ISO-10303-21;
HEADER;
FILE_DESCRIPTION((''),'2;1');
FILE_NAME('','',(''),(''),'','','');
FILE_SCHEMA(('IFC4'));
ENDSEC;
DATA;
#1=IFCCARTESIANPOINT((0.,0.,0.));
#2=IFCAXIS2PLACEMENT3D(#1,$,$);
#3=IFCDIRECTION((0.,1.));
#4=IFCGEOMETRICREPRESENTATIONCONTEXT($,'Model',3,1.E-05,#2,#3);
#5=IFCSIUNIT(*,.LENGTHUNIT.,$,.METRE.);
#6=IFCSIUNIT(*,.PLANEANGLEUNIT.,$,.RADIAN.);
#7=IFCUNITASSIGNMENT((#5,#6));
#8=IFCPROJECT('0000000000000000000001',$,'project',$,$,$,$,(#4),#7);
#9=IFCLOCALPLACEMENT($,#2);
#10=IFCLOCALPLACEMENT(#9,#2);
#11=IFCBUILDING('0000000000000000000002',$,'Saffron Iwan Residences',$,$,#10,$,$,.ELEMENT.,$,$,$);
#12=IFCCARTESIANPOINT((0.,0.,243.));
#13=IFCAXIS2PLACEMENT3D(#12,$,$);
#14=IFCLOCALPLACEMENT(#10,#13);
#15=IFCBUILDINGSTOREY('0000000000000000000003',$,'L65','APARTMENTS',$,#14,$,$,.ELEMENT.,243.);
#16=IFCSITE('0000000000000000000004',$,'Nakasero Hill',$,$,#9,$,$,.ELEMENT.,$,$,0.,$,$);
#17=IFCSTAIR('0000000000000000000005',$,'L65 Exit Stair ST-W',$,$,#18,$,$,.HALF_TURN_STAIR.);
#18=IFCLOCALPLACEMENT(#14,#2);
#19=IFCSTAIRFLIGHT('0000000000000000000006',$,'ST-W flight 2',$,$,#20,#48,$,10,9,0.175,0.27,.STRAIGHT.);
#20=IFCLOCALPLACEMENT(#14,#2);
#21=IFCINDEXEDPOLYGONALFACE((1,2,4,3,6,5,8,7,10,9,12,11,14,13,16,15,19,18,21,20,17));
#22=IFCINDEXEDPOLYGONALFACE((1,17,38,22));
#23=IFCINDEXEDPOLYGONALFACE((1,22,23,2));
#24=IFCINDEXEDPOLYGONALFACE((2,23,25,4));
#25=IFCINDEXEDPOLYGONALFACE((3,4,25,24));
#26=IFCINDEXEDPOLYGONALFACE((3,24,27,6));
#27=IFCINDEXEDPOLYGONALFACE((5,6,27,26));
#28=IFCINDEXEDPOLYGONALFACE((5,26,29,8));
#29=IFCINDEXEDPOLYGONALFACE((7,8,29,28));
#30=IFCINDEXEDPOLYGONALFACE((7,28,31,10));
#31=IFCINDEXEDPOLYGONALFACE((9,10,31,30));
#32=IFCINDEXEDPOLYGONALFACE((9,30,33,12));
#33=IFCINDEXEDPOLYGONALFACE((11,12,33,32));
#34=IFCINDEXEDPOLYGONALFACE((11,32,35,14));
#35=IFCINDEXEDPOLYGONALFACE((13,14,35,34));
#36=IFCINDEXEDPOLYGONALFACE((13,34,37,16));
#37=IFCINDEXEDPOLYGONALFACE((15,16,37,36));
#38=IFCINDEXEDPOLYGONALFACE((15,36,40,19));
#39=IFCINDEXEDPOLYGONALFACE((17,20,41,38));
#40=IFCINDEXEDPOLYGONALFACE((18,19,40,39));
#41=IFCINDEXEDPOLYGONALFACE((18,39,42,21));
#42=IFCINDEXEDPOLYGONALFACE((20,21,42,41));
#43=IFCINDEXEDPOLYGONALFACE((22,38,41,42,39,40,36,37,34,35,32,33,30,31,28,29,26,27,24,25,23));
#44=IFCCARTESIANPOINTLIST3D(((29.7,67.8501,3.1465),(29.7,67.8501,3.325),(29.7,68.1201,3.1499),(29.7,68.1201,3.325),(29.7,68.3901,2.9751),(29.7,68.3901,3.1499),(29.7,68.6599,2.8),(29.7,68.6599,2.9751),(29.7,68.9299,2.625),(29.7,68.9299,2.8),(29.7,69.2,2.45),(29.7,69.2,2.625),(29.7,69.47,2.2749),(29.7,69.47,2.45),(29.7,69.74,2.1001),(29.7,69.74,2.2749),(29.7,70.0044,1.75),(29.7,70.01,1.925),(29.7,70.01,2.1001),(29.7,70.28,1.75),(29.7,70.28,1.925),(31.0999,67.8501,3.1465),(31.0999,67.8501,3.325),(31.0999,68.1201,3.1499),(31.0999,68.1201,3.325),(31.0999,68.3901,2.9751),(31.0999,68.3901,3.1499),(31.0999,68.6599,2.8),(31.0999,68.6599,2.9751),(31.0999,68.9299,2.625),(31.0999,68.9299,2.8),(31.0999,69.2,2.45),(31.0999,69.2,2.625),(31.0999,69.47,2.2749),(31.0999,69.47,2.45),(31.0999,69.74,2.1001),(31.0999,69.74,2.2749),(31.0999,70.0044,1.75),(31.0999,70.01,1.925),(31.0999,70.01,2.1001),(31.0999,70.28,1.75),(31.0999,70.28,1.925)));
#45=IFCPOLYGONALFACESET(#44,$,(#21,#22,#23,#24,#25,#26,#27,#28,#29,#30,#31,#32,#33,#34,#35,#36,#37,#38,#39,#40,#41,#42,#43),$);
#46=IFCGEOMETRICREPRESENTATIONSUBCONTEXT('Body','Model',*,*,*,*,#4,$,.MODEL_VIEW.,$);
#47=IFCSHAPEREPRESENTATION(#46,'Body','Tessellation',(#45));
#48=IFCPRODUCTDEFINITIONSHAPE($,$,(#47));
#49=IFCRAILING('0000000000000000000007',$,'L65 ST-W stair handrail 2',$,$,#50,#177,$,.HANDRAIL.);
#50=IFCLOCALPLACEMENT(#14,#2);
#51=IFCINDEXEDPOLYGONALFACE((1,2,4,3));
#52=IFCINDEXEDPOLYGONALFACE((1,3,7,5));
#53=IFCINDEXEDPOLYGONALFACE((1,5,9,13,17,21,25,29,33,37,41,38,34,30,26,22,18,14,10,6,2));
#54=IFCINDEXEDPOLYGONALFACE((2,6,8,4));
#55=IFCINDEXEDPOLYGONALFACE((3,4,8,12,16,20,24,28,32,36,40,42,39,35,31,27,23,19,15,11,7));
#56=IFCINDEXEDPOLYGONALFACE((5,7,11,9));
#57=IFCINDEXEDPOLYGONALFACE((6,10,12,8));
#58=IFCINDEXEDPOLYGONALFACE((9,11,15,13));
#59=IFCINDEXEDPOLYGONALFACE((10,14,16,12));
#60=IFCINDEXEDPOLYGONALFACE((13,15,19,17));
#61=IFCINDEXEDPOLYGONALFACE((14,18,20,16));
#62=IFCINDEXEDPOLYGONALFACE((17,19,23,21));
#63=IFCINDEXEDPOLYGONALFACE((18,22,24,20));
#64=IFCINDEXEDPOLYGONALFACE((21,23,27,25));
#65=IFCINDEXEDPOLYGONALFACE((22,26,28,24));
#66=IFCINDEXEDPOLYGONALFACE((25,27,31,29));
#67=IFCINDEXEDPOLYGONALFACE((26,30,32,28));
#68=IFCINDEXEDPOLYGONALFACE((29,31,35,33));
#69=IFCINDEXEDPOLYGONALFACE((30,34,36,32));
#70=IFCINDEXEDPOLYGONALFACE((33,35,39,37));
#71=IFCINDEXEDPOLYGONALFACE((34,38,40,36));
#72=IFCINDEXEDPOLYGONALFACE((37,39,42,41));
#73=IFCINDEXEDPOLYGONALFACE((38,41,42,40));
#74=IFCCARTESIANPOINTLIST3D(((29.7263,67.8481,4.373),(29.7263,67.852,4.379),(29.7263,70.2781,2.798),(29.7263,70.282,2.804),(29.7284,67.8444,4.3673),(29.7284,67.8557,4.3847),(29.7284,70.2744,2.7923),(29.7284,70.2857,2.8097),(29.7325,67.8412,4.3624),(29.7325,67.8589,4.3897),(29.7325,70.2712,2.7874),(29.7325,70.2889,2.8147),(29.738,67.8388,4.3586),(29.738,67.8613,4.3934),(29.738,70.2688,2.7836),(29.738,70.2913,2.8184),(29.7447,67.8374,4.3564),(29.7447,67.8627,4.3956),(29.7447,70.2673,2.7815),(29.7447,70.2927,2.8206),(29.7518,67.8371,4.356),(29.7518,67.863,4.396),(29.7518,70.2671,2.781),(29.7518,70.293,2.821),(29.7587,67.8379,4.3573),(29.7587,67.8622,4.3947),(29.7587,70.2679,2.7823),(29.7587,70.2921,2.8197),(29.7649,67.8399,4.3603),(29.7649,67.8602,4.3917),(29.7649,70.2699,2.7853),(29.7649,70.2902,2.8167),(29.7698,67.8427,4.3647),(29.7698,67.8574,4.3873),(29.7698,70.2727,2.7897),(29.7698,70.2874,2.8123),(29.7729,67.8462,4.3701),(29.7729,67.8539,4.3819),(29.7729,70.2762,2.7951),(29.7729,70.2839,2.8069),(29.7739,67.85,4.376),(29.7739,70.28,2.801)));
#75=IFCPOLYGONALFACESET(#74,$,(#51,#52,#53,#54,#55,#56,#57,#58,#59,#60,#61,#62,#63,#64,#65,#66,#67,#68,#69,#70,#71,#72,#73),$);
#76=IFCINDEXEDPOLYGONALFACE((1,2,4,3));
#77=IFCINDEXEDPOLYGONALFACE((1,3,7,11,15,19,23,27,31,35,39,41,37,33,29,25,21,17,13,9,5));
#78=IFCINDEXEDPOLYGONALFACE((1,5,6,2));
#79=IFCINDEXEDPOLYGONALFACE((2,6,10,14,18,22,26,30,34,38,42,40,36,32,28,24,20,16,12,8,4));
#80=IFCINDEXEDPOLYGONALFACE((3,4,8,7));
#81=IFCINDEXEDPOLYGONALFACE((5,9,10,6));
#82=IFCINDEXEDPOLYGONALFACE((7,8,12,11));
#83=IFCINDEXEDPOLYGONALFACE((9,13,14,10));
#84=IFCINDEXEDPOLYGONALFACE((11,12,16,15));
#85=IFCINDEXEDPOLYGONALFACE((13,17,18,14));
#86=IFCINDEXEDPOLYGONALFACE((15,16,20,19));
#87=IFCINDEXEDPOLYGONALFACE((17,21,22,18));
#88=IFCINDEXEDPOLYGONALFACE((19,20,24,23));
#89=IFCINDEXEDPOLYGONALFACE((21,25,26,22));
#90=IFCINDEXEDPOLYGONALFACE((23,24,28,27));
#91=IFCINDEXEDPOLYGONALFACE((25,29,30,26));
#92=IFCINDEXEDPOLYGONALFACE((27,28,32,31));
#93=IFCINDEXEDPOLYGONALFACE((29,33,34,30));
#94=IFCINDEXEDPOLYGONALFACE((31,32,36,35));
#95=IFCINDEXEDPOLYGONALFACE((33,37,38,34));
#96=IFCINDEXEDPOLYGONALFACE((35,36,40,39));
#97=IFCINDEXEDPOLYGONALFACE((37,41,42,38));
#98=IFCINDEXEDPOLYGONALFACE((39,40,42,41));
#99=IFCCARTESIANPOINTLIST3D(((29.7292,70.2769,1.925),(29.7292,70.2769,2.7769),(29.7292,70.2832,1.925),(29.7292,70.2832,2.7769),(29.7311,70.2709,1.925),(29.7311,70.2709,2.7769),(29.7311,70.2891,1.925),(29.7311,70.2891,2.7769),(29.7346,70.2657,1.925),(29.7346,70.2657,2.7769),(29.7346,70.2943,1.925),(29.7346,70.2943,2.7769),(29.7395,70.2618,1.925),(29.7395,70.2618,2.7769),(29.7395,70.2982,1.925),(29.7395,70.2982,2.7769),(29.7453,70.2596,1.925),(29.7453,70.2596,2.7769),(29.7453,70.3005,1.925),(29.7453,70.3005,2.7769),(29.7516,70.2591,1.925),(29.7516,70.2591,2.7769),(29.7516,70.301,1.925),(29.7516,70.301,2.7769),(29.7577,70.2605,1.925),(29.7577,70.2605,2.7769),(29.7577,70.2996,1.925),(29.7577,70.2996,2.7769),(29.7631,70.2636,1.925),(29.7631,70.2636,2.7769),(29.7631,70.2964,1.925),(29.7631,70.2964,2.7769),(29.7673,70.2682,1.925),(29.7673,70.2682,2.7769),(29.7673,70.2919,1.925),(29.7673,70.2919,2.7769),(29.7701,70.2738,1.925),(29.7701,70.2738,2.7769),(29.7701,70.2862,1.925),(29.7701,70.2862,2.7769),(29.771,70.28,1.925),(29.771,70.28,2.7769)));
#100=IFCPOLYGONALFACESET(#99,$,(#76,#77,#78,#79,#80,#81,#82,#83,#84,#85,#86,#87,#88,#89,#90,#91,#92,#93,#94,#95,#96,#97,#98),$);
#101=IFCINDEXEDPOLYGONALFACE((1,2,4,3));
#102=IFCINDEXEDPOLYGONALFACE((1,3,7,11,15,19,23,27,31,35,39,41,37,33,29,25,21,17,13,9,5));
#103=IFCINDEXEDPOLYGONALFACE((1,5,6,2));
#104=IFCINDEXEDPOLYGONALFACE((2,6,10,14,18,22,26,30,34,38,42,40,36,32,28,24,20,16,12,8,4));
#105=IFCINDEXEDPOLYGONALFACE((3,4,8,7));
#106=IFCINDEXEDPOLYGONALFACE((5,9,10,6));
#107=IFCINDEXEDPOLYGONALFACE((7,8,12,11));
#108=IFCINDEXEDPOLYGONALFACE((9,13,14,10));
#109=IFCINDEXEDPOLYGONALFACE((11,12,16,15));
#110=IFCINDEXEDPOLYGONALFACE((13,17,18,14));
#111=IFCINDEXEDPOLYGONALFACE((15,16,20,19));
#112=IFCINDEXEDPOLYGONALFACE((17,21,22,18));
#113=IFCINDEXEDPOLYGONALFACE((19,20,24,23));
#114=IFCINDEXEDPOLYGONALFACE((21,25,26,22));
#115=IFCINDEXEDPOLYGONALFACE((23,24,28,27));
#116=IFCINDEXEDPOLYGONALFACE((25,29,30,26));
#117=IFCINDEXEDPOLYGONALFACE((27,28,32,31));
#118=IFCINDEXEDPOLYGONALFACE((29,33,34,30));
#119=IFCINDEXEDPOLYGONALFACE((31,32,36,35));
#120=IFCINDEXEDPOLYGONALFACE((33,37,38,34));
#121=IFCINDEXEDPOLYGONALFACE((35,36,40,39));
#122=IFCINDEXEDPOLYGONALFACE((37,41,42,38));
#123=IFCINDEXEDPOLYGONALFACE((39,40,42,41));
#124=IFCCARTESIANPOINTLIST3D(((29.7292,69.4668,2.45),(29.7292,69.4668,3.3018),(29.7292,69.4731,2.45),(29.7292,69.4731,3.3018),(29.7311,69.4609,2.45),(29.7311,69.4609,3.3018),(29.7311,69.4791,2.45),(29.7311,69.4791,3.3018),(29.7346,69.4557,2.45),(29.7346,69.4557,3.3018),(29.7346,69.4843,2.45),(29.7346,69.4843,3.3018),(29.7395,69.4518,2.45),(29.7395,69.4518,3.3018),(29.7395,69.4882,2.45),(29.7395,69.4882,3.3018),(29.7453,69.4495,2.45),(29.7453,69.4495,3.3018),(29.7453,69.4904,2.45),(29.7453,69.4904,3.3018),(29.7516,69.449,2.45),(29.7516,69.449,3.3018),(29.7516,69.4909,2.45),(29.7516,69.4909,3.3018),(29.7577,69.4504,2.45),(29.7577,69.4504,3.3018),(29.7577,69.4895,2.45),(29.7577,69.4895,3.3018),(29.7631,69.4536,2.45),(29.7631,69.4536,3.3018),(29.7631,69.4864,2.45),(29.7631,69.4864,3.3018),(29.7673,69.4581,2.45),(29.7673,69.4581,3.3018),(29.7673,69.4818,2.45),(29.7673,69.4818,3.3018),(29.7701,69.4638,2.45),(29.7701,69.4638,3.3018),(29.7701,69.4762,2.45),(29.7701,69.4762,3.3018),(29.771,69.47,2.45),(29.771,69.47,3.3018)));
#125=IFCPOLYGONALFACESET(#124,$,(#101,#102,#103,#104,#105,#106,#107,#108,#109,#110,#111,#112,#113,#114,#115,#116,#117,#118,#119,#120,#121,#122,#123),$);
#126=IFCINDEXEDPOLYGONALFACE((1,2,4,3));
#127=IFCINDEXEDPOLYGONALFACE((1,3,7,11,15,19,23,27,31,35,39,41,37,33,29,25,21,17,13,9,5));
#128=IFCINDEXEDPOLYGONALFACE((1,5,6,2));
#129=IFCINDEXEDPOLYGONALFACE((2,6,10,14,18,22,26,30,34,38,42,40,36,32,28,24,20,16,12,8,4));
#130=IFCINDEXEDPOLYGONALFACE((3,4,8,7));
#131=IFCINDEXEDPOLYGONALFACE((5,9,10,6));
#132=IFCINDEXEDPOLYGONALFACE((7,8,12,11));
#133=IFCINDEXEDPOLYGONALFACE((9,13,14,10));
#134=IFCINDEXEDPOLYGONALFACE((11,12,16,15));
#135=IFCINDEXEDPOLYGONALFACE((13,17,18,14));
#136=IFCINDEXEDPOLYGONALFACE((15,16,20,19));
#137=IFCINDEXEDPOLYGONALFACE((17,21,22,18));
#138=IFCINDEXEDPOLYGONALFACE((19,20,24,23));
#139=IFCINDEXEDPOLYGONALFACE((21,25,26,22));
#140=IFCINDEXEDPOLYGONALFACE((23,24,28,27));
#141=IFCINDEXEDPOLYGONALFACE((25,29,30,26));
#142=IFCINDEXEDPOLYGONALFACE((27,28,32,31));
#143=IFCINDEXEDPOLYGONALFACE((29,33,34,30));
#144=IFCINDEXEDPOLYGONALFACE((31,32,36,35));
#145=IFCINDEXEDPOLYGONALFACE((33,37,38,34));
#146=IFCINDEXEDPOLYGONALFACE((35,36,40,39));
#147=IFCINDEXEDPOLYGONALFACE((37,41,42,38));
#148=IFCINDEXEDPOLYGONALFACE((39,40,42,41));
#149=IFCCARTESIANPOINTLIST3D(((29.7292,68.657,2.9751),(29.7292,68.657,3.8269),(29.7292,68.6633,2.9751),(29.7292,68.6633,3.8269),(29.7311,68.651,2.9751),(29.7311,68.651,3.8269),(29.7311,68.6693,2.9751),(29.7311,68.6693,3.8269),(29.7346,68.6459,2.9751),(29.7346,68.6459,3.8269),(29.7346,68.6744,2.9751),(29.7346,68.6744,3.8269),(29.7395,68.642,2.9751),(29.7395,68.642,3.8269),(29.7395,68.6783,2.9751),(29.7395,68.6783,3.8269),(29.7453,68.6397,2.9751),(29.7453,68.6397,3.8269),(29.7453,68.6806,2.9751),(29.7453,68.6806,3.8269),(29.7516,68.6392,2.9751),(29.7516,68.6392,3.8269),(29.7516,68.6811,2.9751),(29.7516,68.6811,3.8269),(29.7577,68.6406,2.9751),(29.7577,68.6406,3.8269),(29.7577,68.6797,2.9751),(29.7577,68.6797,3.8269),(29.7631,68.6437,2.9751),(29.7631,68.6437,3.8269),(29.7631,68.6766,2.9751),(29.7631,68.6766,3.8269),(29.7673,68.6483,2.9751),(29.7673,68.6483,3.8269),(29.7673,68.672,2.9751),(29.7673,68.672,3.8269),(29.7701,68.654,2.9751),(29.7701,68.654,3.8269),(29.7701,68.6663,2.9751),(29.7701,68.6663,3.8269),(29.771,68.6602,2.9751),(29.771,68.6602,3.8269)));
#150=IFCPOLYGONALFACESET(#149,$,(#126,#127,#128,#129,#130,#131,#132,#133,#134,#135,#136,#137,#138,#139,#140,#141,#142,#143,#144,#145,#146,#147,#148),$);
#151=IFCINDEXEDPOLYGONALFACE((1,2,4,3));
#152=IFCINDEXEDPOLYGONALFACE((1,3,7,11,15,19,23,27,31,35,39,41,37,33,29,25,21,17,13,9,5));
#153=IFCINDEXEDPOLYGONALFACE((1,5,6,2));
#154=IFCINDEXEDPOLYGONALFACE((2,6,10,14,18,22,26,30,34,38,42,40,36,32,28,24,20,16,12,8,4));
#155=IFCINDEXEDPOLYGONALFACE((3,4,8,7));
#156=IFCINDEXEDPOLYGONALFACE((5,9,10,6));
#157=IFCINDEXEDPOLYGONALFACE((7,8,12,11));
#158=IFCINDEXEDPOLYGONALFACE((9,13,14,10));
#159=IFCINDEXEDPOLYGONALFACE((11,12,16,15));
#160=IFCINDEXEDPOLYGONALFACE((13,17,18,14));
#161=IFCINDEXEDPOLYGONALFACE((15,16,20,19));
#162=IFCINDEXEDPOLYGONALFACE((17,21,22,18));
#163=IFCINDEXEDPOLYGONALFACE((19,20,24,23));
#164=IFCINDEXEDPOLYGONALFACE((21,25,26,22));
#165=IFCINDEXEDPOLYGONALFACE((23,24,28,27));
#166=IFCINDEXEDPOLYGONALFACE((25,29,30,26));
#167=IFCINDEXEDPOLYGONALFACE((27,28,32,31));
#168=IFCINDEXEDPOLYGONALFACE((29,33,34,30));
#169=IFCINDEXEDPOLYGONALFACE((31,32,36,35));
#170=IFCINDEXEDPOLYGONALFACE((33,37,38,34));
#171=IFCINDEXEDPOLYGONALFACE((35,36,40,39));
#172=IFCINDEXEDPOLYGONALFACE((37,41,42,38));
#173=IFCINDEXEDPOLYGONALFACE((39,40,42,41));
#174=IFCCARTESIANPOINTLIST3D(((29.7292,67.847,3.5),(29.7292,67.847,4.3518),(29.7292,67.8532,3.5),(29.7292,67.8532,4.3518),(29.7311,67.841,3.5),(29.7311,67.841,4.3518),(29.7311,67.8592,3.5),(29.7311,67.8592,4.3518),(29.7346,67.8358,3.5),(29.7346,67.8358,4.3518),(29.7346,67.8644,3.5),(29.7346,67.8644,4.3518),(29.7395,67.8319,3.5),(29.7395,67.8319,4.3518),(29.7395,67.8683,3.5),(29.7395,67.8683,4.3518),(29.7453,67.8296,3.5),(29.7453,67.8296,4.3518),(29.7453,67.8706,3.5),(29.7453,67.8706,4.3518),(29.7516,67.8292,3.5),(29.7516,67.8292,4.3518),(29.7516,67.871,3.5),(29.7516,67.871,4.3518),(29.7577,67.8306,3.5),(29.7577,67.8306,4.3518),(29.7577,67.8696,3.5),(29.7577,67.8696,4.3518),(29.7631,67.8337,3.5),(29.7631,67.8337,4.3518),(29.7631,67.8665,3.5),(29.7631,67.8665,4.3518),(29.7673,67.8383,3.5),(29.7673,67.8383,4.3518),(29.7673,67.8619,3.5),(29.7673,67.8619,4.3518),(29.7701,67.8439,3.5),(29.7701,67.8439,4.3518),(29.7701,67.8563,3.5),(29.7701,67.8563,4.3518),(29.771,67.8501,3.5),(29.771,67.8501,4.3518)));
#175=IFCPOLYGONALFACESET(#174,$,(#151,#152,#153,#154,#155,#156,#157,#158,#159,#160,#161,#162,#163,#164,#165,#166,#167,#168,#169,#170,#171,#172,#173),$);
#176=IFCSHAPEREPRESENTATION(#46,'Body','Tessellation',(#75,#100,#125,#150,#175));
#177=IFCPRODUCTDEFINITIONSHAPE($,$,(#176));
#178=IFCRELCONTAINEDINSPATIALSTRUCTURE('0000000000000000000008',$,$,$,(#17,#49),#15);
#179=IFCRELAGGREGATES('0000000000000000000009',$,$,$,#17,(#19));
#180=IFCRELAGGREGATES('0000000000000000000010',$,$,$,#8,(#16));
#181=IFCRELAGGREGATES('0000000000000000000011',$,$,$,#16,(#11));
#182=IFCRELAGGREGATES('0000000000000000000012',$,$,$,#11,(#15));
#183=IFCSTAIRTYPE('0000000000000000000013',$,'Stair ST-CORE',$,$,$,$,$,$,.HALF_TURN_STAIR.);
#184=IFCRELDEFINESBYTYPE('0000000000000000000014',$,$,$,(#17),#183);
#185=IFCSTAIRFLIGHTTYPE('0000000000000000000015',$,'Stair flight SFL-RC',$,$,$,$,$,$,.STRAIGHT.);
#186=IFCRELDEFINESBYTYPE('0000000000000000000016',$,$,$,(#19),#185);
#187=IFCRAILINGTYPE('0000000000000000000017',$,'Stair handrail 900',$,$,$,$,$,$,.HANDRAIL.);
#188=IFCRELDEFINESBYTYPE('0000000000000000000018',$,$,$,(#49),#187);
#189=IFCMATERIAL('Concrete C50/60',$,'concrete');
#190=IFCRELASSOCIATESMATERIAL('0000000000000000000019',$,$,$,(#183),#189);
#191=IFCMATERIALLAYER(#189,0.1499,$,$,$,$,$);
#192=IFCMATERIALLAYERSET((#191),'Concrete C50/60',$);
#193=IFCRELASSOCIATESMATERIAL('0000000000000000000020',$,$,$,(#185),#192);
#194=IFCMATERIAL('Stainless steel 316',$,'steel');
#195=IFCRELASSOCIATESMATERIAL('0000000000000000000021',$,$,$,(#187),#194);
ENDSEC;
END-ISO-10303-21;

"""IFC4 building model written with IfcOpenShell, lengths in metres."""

from ifc_helpers import new_model, si_unit, direction, frame, origin, origin_2d, place, context, subcontext, project, spatial, polyline, circle, outline, extrude, material, layer, layer_set, type_object, element, aggregate, save


model = new_model("IFC4")

# Units and contexts
model_context = context("Model", 3, precision=1e-05, world=origin(), true_north=direction((0.0, 1.0)))
body_context = subcontext(model_context, "Body", "Model", "MODEL_VIEW")
ifc_project = project(units=[si_unit("LENGTHUNIT", "METRE"), si_unit("PLANEANGLEUNIT", "RADIAN")], contexts=[model_context])

# Site, building, storey
site_placement = place(None, origin())
site = spatial("IfcSite", under=ifc_project, at=site_placement, Name="Nakasero Hill", CompositionType="ELEMENT", RefElevation=0.0)
building_placement = place(site_placement, origin())
building = spatial("IfcBuilding", under=site, at=building_placement, Name="Saffron Iwan Residences", CompositionType="ELEMENT")
storey_placement = place(building_placement, frame((0.0, 0.0, 243.0)))
storey = spatial("IfcBuildingStorey", under=building, at=storey_placement, Name="L65", Description="APARTMENTS", CompositionType="ELEMENT", Elevation=243.0)

# Stair, stair flight
ifc_material_1 = material(Name="Concrete C50/60", Category="concrete")
stair_type = type_object("IfcStairType", Name="Stair ST-CORE", PredefinedType="HALF_TURN_STAIR", material=ifc_material_1)
stair_placement = place(storey_placement, origin())
stair = element("IfcStair", 1, at=stair_placement, inside=storey, type_object=stair_type, Name="L65 Exit Stair ST-W", PredefinedType="HALF_TURN_STAIR")
ifc_layer = layer(ifc_material_1, 0.1499)
ifc_layer_set = layer_set([ifc_layer], Name="Concrete C50/60")
stair_flight_type = type_object("IfcStairFlightType", Name="Stair flight SFL-RC", PredefinedType="STRAIGHT", material=ifc_layer_set)
stair_flight_placement = place(storey_placement, frame((30.3999, 70.28, 1.75), z_axis=(0.0, 0.0, 1.0), x_axis=(0.0, -1.0, 0.0)))
stair_flight = element("IfcStairFlight", 2, at=stair_flight_placement, type_object=stair_flight_type, Name="ST-W flight 2", NumberOfRisers=10, NumberOfTreads=9, PredefinedType="STRAIGHT", RiserHeight=0.175, TreadLength=0.27, context=body_context, shape_type="SweptSolid", body=[
    extrude(outline(polyline([(0.0, 0.0), (0.0, 0.175), (0.27, 0.175), (0.27, 0.3501), (0.54, 0.3501), (0.54, 0.5249), (0.8101, 0.5249), (0.8101, 0.7), (1.0801, 0.7), (1.0801, 0.875), (1.3501, 0.875), (1.3501, 1.05), (1.6201, 1.05), (1.6201, 1.2251), (1.8899, 1.2251), (1.8899, 1.3999), (2.1599, 1.3999), (2.1599, 1.575), (2.4299, 1.575), (2.4299, 1.75), (2.4299, 1.3965), (0.2756, 0.0), (0.0, 0.0)])), frame((0.0, 0.7, 0.0), z_axis=(0.0, -1.0, 0.0), x_axis=(1.0, 0.0, 0.0)), (0.0, 0.0, 1.0), 1.3999),
])
aggregate(stair, [stair_flight])

# Railing
ifc_material_2 = material(Name="Stainless steel 316", Category="steel")
railing_type = type_object("IfcRailingType", Name="Stair handrail 900", PredefinedType="HANDRAIL", material=ifc_material_2)
railing_placement = place(storey_placement, frame((29.75, 70.28, 1.925)))
element("IfcRailing", 3, at=railing_placement, inside=storey, type_object=railing_type, Name="L65 ST-W stair handrail 2", PredefinedType="HANDRAIL", context=body_context, shape_type="SweptSolid", body=[
    extrude(circle(Radius=0.0239, at=origin_2d()), frame((0.0, 0.0, 0.876), z_axis=(0.0, -0.839154, 0.543894), x_axis=(1.0, 0.0, 0.0)), (0.0, 0.0, 1.0), 2.8958),
    extrude(circle(Radius=0.021, at=origin_2d()), origin(), (0.0, 0.0, 1.0), 0.8518),
    extrude(circle(Radius=0.021, at=origin_2d()), frame((0.0, -0.8101, 0.5249)), (0.0, 0.0, 1.0), 0.8518),
    extrude(circle(Radius=0.021, at=origin_2d()), frame((0.0, -1.6199, 1.05)), (0.0, 0.0, 1.0), 0.8518),
    extrude(circle(Radius=0.021, at=origin_2d()), frame((0.0, -2.4299, 1.575)), (0.0, 0.0, 1.0), 0.8518),
])

save(model, "model.ifc")
